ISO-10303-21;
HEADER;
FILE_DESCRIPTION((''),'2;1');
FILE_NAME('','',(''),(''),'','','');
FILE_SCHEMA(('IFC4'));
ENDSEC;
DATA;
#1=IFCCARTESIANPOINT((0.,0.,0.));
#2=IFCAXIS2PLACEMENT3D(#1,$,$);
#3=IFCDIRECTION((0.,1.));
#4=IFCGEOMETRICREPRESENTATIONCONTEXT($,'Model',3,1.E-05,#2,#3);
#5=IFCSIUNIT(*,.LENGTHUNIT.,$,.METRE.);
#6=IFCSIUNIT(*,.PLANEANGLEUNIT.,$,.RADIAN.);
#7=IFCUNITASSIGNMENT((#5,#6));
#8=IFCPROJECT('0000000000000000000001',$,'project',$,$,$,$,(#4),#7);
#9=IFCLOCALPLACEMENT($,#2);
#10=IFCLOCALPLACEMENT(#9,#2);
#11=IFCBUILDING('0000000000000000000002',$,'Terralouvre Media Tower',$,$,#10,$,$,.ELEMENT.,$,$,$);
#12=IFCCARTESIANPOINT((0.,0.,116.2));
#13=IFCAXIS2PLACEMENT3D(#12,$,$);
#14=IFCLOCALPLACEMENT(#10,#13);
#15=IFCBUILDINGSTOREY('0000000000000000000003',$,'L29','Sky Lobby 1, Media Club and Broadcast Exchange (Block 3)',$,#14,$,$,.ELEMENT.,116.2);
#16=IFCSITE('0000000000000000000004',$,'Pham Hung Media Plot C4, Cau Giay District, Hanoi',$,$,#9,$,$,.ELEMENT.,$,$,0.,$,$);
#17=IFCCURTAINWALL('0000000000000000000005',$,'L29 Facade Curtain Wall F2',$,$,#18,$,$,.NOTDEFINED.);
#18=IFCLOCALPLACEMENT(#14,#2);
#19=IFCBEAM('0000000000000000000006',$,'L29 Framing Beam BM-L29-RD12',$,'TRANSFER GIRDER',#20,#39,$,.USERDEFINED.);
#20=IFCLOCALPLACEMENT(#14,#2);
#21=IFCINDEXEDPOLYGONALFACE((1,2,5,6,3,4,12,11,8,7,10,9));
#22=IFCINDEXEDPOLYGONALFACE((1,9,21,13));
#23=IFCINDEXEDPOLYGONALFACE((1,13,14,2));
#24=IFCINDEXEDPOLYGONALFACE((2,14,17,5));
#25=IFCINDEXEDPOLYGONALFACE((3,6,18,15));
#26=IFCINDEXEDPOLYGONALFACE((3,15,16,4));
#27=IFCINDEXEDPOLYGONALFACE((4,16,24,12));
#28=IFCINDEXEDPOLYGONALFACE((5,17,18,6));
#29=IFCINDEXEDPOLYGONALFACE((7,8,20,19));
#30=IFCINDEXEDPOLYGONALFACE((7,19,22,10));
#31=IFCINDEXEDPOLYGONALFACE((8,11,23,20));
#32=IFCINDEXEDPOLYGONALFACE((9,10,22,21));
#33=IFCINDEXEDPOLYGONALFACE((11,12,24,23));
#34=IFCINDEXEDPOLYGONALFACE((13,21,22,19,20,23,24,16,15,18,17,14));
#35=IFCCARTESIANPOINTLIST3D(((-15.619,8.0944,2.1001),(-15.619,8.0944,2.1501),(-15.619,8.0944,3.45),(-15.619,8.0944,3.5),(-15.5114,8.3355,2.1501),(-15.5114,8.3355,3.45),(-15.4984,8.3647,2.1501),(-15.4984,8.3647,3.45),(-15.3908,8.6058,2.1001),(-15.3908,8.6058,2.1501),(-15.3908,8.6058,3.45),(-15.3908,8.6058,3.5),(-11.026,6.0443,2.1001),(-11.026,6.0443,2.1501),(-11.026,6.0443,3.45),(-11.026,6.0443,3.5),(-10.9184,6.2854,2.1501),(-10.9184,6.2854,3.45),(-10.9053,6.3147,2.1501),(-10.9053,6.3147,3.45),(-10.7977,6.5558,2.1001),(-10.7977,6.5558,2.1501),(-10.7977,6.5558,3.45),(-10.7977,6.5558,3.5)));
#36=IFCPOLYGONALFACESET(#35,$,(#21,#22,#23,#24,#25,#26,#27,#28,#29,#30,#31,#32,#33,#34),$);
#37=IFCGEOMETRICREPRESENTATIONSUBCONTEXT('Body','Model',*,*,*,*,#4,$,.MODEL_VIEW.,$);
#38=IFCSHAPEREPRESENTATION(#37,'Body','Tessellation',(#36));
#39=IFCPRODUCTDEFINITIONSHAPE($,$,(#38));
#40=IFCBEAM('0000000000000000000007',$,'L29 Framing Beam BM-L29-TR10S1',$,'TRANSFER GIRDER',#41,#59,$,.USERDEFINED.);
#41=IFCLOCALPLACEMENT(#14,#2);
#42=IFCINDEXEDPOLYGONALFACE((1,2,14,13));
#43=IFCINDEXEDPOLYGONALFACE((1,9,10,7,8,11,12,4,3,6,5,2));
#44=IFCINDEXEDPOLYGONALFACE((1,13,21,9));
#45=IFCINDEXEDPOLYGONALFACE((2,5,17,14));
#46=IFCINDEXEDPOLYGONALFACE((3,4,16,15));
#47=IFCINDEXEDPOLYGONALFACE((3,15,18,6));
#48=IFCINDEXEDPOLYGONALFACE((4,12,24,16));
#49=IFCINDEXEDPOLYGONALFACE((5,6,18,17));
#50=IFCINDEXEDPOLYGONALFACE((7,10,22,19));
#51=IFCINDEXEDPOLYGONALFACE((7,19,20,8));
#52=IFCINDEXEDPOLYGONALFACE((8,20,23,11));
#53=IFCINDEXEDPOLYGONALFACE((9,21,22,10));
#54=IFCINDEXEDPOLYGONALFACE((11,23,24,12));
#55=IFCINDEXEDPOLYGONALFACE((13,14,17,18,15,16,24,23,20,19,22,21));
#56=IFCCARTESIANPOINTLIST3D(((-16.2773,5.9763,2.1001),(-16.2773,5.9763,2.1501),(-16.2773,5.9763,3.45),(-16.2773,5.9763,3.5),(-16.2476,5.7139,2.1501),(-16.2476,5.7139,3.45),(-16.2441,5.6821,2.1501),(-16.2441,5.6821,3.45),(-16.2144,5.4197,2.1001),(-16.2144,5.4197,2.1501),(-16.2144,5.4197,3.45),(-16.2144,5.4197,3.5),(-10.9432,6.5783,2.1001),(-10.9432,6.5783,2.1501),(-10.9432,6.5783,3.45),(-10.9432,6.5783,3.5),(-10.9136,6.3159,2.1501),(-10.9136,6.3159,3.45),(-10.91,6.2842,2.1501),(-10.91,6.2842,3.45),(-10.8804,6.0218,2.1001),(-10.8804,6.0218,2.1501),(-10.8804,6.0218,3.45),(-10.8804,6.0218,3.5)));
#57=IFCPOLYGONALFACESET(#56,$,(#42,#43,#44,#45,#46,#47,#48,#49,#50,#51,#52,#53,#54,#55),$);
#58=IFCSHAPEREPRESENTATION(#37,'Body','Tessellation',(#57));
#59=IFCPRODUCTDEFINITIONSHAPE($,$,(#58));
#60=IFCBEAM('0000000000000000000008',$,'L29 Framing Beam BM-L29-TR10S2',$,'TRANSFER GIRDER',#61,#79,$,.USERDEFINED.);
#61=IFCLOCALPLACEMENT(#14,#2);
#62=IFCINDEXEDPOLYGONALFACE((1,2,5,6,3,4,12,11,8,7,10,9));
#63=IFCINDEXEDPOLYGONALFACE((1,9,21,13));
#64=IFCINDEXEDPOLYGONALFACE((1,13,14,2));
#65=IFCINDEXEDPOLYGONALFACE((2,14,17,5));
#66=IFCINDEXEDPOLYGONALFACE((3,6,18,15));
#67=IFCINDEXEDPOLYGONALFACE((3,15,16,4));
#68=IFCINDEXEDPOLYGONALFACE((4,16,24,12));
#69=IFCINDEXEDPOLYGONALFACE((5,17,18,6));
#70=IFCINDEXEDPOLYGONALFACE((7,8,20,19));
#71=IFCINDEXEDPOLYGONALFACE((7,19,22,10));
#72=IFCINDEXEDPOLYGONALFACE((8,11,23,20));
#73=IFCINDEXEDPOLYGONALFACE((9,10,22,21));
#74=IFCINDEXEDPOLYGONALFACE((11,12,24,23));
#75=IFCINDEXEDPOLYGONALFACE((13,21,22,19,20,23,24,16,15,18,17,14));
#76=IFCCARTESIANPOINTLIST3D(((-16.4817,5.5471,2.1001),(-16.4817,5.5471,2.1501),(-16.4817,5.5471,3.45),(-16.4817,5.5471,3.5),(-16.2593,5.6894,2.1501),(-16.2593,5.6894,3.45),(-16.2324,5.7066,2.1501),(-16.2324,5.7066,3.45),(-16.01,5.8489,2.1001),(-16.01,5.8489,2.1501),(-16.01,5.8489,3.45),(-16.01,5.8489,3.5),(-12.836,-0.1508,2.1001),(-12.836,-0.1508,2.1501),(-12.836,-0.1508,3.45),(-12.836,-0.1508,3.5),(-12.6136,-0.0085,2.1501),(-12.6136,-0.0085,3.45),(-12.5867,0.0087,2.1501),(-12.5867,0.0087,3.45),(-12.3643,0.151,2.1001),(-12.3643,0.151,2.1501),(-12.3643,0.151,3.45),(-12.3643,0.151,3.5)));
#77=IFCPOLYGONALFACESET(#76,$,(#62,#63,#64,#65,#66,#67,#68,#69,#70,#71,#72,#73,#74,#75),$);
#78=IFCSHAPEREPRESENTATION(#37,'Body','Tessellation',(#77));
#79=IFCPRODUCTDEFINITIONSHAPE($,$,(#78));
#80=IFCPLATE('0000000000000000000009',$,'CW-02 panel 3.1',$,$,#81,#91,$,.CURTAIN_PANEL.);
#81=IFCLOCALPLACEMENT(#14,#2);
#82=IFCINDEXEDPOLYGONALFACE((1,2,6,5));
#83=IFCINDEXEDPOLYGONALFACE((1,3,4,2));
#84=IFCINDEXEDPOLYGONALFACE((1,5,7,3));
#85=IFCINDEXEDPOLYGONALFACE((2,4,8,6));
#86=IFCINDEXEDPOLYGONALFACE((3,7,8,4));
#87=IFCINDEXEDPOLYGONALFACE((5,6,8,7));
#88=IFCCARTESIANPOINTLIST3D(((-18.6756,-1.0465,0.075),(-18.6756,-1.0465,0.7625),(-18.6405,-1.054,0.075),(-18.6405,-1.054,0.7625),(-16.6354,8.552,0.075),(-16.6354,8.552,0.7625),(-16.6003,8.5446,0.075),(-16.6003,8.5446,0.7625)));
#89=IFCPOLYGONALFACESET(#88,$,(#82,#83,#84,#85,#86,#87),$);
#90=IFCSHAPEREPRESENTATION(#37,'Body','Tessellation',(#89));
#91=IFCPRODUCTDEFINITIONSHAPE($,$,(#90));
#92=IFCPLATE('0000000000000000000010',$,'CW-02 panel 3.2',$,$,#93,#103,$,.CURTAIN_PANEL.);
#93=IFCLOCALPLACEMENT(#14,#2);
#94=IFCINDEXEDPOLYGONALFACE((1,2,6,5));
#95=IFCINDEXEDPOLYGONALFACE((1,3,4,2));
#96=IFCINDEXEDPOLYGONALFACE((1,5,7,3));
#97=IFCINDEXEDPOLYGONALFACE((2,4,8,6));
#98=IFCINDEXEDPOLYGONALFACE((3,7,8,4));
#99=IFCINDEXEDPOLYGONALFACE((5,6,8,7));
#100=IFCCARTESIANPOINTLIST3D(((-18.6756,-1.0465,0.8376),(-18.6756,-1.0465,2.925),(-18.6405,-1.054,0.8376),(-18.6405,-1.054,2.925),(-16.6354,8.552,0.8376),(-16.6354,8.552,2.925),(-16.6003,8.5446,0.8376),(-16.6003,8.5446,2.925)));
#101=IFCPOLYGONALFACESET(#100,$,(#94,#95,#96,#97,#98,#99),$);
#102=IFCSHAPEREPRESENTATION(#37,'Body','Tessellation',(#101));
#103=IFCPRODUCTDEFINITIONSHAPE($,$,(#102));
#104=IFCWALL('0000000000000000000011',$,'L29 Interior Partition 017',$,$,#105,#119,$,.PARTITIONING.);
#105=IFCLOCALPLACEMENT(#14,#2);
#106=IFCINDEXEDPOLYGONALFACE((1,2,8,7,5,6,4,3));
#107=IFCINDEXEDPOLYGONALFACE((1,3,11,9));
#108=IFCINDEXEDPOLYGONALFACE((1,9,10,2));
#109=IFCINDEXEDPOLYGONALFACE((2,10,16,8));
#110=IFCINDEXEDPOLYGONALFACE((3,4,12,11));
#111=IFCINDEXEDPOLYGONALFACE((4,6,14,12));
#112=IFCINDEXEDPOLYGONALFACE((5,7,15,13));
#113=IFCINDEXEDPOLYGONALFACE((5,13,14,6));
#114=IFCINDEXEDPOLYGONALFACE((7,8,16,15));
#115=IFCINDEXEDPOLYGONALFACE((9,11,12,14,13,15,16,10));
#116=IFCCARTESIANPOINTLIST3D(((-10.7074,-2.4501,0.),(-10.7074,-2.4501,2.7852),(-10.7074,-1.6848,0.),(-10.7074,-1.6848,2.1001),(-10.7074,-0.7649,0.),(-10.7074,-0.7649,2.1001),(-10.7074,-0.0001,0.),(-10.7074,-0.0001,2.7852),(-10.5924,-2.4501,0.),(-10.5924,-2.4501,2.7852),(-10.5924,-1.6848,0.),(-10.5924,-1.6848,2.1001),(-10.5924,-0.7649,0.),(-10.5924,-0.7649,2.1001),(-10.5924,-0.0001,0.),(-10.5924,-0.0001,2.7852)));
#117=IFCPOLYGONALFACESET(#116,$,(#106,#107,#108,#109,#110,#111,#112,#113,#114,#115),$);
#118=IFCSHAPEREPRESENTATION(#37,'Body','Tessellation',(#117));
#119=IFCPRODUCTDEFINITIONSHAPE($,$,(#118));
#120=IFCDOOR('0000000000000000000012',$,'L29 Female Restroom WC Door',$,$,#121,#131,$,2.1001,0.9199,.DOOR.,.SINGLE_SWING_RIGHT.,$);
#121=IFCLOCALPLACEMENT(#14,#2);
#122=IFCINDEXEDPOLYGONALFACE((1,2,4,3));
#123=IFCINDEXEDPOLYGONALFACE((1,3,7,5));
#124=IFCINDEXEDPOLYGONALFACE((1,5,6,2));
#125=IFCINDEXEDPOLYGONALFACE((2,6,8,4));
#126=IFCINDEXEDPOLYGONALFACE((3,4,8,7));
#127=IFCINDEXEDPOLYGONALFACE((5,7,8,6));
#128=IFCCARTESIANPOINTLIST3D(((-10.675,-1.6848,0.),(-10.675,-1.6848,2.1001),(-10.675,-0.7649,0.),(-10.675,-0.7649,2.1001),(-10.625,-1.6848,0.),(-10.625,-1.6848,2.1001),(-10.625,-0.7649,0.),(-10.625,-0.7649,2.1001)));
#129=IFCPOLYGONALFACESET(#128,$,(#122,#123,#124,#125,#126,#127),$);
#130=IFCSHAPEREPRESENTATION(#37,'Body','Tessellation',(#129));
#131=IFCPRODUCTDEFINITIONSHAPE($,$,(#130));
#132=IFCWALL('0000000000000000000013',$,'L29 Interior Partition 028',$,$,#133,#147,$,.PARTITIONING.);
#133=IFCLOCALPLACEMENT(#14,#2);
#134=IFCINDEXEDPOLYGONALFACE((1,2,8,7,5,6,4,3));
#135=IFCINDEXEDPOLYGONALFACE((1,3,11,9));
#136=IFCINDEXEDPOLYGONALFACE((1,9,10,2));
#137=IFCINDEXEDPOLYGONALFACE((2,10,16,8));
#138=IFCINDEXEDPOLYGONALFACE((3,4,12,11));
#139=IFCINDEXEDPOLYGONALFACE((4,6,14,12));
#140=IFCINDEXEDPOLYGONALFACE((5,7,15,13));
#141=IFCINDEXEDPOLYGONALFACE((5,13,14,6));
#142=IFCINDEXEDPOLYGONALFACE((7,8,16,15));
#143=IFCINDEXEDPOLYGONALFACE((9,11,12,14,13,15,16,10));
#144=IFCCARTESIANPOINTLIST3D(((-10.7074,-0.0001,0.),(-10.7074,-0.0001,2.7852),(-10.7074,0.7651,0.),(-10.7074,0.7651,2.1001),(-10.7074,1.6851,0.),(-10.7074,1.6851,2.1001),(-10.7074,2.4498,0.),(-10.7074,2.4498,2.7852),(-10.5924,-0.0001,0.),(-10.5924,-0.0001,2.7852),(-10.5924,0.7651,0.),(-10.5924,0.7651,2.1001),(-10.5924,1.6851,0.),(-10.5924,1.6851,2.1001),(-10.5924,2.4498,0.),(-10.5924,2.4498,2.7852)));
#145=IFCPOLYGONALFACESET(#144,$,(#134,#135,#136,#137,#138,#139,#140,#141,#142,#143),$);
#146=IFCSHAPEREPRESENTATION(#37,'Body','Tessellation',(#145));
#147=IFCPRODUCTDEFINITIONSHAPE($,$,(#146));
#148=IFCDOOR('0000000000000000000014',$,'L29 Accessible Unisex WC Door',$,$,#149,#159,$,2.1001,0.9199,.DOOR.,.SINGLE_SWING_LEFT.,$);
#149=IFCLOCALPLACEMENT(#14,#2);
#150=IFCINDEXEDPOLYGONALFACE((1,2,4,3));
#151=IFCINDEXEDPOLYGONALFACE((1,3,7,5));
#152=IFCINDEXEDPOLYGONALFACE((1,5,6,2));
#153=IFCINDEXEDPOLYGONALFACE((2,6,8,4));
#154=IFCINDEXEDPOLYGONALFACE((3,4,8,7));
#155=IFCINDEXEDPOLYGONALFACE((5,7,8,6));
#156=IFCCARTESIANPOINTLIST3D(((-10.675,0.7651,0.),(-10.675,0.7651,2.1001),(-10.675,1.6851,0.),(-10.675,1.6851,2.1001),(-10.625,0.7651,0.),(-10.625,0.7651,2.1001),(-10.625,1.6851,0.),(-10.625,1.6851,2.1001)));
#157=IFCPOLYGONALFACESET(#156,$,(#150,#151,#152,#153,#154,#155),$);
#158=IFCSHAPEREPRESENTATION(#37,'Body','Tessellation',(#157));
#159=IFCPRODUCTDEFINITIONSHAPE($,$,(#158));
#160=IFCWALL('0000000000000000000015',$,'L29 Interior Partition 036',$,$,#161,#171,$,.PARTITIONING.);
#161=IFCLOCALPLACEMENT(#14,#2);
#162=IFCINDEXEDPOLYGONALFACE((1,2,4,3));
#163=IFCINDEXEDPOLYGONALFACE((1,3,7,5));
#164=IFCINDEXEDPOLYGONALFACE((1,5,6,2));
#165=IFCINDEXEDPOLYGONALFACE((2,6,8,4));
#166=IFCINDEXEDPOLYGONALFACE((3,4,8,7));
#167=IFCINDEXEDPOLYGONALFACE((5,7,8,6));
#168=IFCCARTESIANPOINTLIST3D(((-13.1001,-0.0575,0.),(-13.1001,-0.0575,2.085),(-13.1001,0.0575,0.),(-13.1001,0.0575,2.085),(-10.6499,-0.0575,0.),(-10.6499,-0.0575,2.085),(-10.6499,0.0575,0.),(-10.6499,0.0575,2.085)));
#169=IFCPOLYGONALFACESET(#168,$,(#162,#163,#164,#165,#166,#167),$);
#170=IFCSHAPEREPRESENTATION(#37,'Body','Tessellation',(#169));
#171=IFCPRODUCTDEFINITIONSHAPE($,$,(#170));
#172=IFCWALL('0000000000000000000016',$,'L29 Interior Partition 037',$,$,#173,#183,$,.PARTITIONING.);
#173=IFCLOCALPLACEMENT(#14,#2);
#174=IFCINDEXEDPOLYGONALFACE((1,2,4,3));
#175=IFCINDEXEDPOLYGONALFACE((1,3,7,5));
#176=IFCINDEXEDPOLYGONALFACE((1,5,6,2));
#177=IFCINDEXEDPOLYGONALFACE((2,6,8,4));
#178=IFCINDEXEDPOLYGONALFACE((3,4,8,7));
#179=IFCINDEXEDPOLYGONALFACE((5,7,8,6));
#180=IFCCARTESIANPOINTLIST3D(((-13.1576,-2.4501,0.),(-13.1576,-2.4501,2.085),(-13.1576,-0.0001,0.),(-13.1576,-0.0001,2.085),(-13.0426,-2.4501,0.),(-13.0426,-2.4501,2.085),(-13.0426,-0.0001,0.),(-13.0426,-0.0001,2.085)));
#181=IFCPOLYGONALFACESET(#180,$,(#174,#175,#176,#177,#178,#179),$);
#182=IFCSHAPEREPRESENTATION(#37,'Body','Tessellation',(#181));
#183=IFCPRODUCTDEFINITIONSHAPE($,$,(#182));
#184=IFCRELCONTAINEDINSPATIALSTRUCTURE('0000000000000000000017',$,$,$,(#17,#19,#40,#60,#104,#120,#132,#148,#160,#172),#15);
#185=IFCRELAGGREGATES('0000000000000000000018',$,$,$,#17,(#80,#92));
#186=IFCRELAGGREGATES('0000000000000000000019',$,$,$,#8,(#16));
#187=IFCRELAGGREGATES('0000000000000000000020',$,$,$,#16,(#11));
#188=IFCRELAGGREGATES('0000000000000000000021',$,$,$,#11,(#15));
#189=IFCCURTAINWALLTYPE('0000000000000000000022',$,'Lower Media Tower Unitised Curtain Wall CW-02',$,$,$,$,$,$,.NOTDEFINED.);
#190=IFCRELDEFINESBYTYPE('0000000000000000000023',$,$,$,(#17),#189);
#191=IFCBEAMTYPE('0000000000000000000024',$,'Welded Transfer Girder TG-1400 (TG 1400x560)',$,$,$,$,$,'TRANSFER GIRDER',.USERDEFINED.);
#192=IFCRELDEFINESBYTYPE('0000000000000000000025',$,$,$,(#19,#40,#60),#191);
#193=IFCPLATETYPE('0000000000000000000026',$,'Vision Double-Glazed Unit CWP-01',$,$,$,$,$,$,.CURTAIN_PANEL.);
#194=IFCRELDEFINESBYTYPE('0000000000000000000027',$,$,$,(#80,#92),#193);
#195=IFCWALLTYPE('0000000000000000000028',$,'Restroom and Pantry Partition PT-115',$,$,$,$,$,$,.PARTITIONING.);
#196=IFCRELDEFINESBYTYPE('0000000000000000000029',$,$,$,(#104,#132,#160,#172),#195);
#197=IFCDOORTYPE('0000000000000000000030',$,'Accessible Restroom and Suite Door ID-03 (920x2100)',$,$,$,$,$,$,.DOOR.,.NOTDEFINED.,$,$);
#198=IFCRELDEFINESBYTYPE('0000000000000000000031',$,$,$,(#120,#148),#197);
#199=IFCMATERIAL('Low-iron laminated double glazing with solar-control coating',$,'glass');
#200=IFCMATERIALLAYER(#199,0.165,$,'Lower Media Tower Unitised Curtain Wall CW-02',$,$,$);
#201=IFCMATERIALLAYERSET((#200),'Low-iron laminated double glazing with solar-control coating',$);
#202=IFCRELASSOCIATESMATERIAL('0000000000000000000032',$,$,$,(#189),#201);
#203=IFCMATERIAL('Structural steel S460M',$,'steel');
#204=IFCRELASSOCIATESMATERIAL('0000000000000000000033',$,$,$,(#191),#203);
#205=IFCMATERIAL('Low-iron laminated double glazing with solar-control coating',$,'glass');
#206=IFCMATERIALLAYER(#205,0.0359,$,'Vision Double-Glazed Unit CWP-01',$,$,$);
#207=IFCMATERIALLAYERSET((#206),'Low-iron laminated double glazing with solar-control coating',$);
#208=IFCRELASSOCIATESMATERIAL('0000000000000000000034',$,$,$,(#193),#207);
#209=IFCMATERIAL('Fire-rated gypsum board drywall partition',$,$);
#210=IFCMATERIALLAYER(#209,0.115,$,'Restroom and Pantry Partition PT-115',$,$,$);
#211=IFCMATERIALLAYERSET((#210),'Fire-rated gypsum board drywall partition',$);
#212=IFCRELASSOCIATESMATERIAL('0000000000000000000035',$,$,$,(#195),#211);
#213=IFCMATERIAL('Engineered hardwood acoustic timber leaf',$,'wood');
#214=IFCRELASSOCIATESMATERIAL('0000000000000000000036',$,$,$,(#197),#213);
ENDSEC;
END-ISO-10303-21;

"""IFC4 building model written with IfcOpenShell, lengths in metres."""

from ifc_helpers import new_model, si_unit, direction, frame, frame_2d, origin, origin_2d, place, context, subcontext, project, spatial, rectangle, i_section, extrude, material, layer, layer_set, material_profile, profile_set, type_object, element, fill, aggregate, save


model = new_model("IFC4")

# Units and contexts
model_context = context("Model", 3, precision=1e-05, world=origin(), true_north=direction((0.0, 1.0)))
body_context = subcontext(model_context, "Body", "Model", "MODEL_VIEW")
ifc_project = project(units=[si_unit("LENGTHUNIT", "METRE"), si_unit("PLANEANGLEUNIT", "RADIAN")], contexts=[model_context])

# Site, building, storey
site_placement = place(None, origin())
site = spatial("IfcSite", under=ifc_project, at=site_placement, Name="Pham Hung Media Plot C4, Cau Giay District, Hanoi", CompositionType="ELEMENT", RefElevation=0.0)
building_placement = place(site_placement, origin())
building = spatial("IfcBuilding", under=site, at=building_placement, Name="Terralouvre Media Tower", CompositionType="ELEMENT")
storey_placement = place(building_placement, frame((0.0, 0.0, 116.2)))
storey = spatial("IfcBuildingStorey", under=building, at=storey_placement, Name="L29", Description="Sky Lobby 1, Media Club and Broadcast Exchange (Block 3)", CompositionType="ELEMENT", Elevation=116.2)

# Curtain wall
ifc_material_1 = material(Name="Low-iron laminated double glazing with solar-control coating", Category="glass")
ifc_layer_1 = layer(ifc_material_1, 0.165, Name="Lower Media Tower Unitised Curtain Wall CW-02")
ifc_layer_set_1 = layer_set([ifc_layer_1], Name="Low-iron laminated double glazing with solar-control coating")
curtain_wall_type = type_object("IfcCurtainWallType", Name="Lower Media Tower Unitised Curtain Wall CW-02", PredefinedType="NOTDEFINED", material=ifc_layer_set_1)
curtain_wall_placement = place(storey_placement, origin())
curtain_wall = element("IfcCurtainWall", 1, at=curtain_wall_placement, inside=storey, type_object=curtain_wall_type, Name="L29 Facade Curtain Wall F2", PredefinedType="NOTDEFINED")

# Beams
ifc_material_2 = material(Name="Structural steel S460M", Category="steel")
ifc_material_profile_1 = material_profile(ifc_material_2, i_section(OverallWidth=0.5601, OverallDepth=1.3999, WebThickness=0.032, FlangeThickness=0.05, at=origin_2d()), Name="TG 1400x560")
ifc_profile_set_1 = profile_set([ifc_material_profile_1], Name="Structural steel S460M")
beam_type_1 = type_object("IfcBeamType", Name="Welded Transfer Girder TG-1400 (TG 1400x560)", ElementType="TRANSFER GIRDER", PredefinedType="USERDEFINED", material=ifc_profile_set_1)
beam_1_placement = place(storey_placement, frame((-10.9119, 6.3, 2.8), z_axis=(-0.913168, 0.407584, 0.0), x_axis=(-0.407584, -0.913168, 0.0)))
element("IfcBeam", 2, at=beam_1_placement, inside=storey, type_object=beam_type_1, Name="L29 Framing Beam BM-L29-RD12", ObjectType="TRANSFER GIRDER", PredefinedType="USERDEFINED", context=body_context, shape_type="SweptSolid", body=[
    extrude(i_section(OverallWidth=0.5601, OverallDepth=1.3999, WebThickness=0.032, FlangeThickness=0.05, at=origin_2d()), origin(), (0.0, 0.0, 1.0), 5.0298),
])
beam_2_placement = place(storey_placement, frame((-16.2458, 5.698, 2.8), z_axis=(0.99369, 0.112159, 0.0), x_axis=(-0.112159, 0.99369, 0.0)))
element("IfcBeam", 3, at=beam_2_placement, inside=storey, type_object=beam_type_1, Name="L29 Framing Beam BM-L29-TR10S1", ObjectType="TRANSFER GIRDER", PredefinedType="USERDEFINED", context=body_context, shape_type="SweptSolid", body=[
    extrude(i_section(OverallWidth=0.5601, OverallDepth=1.3999, WebThickness=0.032, FlangeThickness=0.05, at=origin_2d()), origin(), (0.0, 0.0, 1.0), 5.3679),
])
beam_3_placement = place(storey_placement, frame((-16.2458, 5.698, 2.8), z_axis=(0.538952, -0.842336, 0.0), x_axis=(0.842336, 0.538952, 0.0)))
element("IfcBeam", 4, at=beam_3_placement, inside=storey, type_object=beam_type_1, Name="L29 Framing Beam BM-L29-TR10S2", ObjectType="TRANSFER GIRDER", PredefinedType="USERDEFINED", context=body_context, shape_type="SweptSolid", body=[
    extrude(i_section(OverallWidth=0.5601, OverallDepth=1.3999, WebThickness=0.032, FlangeThickness=0.05, at=origin_2d()), origin(), (0.0, 0.0, 1.0), 6.7644),
])

# Plates
ifc_material_3 = material(Name="Low-iron laminated double glazing with solar-control coating", Category="glass")
ifc_layer_2 = layer(ifc_material_3, 0.0359, Name="Vision Double-Glazed Unit CWP-01")
ifc_layer_set_2 = layer_set([ifc_layer_2], Name="Low-iron laminated double glazing with solar-control coating")
plate_type = type_object("IfcPlateType", Name="Vision Double-Glazed Unit CWP-01", PredefinedType="CURTAIN_PANEL", material=ifc_layer_set_2)
plate_1_placement = place(storey_placement, frame((-17.6379, 3.749, 0.075), z_axis=(0.0, 0.0, 1.0), x_axis=(-0.207912, -0.978148, 0.0)))
plate_1 = element("IfcPlate", 5, at=plate_1_placement, type_object=plate_type, Name="CW-02 panel 3.1", PredefinedType="CURTAIN_PANEL", context=body_context, shape_type="SweptSolid", body=[
    extrude(rectangle(XDim=9.813, YDim=0.0359, at=origin_2d()), origin(), (0.0, 0.0, 1.0), 0.6875),
])
plate_2_placement = place(storey_placement, frame((-17.6379, 3.749, 0.8376), z_axis=(0.0, 0.0, 1.0), x_axis=(-0.207912, -0.978148, 0.0)))
plate_2 = element("IfcPlate", 6, at=plate_2_placement, type_object=plate_type, Name="CW-02 panel 3.2", PredefinedType="CURTAIN_PANEL", context=body_context, shape_type="SweptSolid", body=[
    extrude(rectangle(XDim=9.813, YDim=0.0359, at=origin_2d()), origin(), (0.0, 0.0, 1.0), 2.0874),
])
aggregate(curtain_wall, [plate_1, plate_2])

# Walls, openings, doors
ifc_material_4 = material(Name="Fire-rated gypsum board drywall partition")
ifc_layer_3 = layer(ifc_material_4, 0.115, Name="Restroom and Pantry Partition PT-115")
ifc_layer_set_3 = layer_set([ifc_layer_3], Name="Fire-rated gypsum board drywall partition")
wall_type_1 = type_object("IfcWallType", Name="Restroom and Pantry Partition PT-115", PredefinedType="PARTITIONING", material=ifc_layer_set_3)
wall_1_placement = place(storey_placement, frame((-10.6499, 0.0, 0.0), z_axis=(0.0, 0.0, 1.0), x_axis=(0.0, -1.0, 0.0)))
wall_1 = element("IfcWall", 7, at=wall_1_placement, inside=storey, type_object=wall_type_1, Name="L29 Interior Partition 017", PredefinedType="PARTITIONING", context=body_context, shape_type="SweptSolid", body=[
    extrude(rectangle(XDim=2.45, YDim=0.115, at=frame_2d((1.2251, 0.0))), origin(), (0.0, 0.0, 1.0), 2.7852),
])
opening_1_placement = place(wall_1_placement, frame((0.7649, 0.0, 0.0)))
opening_1 = element("IfcOpeningElement", 8, at=opening_1_placement, cuts=wall_1, PredefinedType="OPENING", context=body_context, shape_type="SweptSolid", body=[
    extrude(rectangle(XDim=0.9199, YDim=2.1001, at=frame_2d((0.46, 1.05))), frame((0.0, 0.0674, 0.0), z_axis=(0.0, -1.0, 0.0), x_axis=(1.0, 0.0, 0.0)), (0.0, 0.0, 1.0), 0.135),
])
ifc_material_5 = material(Name="Engineered hardwood acoustic timber leaf", Category="wood")
door_type_1 = type_object("IfcDoorType", Name="Accessible Restroom and Suite Door ID-03 (920x2100)", OperationType="NOTDEFINED", PredefinedType="DOOR", material=ifc_material_5)
door_1_placement = place(opening_1_placement, origin())
door_1 = element("IfcDoor", 9, at=door_1_placement, inside=storey, type_object=door_type_1, Name="L29 Female Restroom WC Door", OperationType="SINGLE_SWING_RIGHT", OverallHeight=2.1001, OverallWidth=0.9199, PredefinedType="DOOR", context=body_context, shape_type="SweptSolid", body=[
    extrude(rectangle(XDim=0.9199, YDim=2.1001, at=frame_2d((0.46, 1.05))), frame((0.0, 0.0249, 0.0), z_axis=(0.0, -1.0, 0.0), x_axis=(1.0, 0.0, 0.0)), (0.0, 0.0, 1.0), 0.05),
])
fill(opening_1, door_1)
wall_2_placement = place(storey_placement, frame((-10.6499, 2.45, 0.0), z_axis=(0.0, 0.0, 1.0), x_axis=(0.0, -1.0, 0.0)))
wall_2 = element("IfcWall", 10, at=wall_2_placement, inside=storey, type_object=wall_type_1, Name="L29 Interior Partition 028", PredefinedType="PARTITIONING", context=body_context, shape_type="SweptSolid", body=[
    extrude(rectangle(XDim=2.45, YDim=0.115, at=frame_2d((1.2251, 0.0))), origin(), (0.0, 0.0, 1.0), 2.7852),
])
opening_2_placement = place(wall_2_placement, frame((0.7649, 0.0, 0.0)))
opening_2 = element("IfcOpeningElement", 11, at=opening_2_placement, cuts=wall_2, PredefinedType="OPENING", context=body_context, shape_type="SweptSolid", body=[
    extrude(rectangle(XDim=0.9199, YDim=2.1001, at=frame_2d((0.46, 1.05))), frame((0.0, 0.0674, 0.0), z_axis=(0.0, -1.0, 0.0), x_axis=(1.0, 0.0, 0.0)), (0.0, 0.0, 1.0), 0.135),
])
door_2_placement = place(opening_2_placement, origin())
door_2 = element("IfcDoor", 12, at=door_2_placement, inside=storey, type_object=door_type_1, Name="L29 Accessible Unisex WC Door", OperationType="SINGLE_SWING_LEFT", OverallHeight=2.1001, OverallWidth=0.9199, PredefinedType="DOOR", context=body_context, shape_type="SweptSolid", body=[
    extrude(rectangle(XDim=0.9199, YDim=2.1001, at=frame_2d((0.46, 1.05))), frame((0.0, 0.0249, 0.0), z_axis=(0.0, -1.0, 0.0), x_axis=(1.0, 0.0, 0.0)), (0.0, 0.0, 1.0), 0.05),
])
fill(opening_2, door_2)

# Walls
wall_3_placement = place(storey_placement, frame((-10.6499, 0.0, 0.0), z_axis=(0.0, 0.0, 1.0), x_axis=(-1.0, 0.0, 0.0)))
element("IfcWall", 13, at=wall_3_placement, inside=storey, type_object=wall_type_1, Name="L29 Interior Partition 036", PredefinedType="PARTITIONING", context=body_context, shape_type="SweptSolid", body=[
    extrude(rectangle(XDim=2.4502, YDim=0.115, at=frame_2d((1.2251, 0.0))), origin(), (0.0, 0.0, 1.0), 2.085),
])
wall_4_placement = place(storey_placement, frame((-13.1001, 0.0, 0.0), z_axis=(0.0, 0.0, 1.0), x_axis=(0.0, -1.0, 0.0)))
element("IfcWall", 14, at=wall_4_placement, inside=storey, type_object=wall_type_1, Name="L29 Interior Partition 037", PredefinedType="PARTITIONING", context=body_context, shape_type="SweptSolid", body=[
    extrude(rectangle(XDim=2.45, YDim=0.115, at=frame_2d((1.2251, 0.0))), origin(), (0.0, 0.0, 1.0), 2.085),
])

save(model, "model.ifc")
